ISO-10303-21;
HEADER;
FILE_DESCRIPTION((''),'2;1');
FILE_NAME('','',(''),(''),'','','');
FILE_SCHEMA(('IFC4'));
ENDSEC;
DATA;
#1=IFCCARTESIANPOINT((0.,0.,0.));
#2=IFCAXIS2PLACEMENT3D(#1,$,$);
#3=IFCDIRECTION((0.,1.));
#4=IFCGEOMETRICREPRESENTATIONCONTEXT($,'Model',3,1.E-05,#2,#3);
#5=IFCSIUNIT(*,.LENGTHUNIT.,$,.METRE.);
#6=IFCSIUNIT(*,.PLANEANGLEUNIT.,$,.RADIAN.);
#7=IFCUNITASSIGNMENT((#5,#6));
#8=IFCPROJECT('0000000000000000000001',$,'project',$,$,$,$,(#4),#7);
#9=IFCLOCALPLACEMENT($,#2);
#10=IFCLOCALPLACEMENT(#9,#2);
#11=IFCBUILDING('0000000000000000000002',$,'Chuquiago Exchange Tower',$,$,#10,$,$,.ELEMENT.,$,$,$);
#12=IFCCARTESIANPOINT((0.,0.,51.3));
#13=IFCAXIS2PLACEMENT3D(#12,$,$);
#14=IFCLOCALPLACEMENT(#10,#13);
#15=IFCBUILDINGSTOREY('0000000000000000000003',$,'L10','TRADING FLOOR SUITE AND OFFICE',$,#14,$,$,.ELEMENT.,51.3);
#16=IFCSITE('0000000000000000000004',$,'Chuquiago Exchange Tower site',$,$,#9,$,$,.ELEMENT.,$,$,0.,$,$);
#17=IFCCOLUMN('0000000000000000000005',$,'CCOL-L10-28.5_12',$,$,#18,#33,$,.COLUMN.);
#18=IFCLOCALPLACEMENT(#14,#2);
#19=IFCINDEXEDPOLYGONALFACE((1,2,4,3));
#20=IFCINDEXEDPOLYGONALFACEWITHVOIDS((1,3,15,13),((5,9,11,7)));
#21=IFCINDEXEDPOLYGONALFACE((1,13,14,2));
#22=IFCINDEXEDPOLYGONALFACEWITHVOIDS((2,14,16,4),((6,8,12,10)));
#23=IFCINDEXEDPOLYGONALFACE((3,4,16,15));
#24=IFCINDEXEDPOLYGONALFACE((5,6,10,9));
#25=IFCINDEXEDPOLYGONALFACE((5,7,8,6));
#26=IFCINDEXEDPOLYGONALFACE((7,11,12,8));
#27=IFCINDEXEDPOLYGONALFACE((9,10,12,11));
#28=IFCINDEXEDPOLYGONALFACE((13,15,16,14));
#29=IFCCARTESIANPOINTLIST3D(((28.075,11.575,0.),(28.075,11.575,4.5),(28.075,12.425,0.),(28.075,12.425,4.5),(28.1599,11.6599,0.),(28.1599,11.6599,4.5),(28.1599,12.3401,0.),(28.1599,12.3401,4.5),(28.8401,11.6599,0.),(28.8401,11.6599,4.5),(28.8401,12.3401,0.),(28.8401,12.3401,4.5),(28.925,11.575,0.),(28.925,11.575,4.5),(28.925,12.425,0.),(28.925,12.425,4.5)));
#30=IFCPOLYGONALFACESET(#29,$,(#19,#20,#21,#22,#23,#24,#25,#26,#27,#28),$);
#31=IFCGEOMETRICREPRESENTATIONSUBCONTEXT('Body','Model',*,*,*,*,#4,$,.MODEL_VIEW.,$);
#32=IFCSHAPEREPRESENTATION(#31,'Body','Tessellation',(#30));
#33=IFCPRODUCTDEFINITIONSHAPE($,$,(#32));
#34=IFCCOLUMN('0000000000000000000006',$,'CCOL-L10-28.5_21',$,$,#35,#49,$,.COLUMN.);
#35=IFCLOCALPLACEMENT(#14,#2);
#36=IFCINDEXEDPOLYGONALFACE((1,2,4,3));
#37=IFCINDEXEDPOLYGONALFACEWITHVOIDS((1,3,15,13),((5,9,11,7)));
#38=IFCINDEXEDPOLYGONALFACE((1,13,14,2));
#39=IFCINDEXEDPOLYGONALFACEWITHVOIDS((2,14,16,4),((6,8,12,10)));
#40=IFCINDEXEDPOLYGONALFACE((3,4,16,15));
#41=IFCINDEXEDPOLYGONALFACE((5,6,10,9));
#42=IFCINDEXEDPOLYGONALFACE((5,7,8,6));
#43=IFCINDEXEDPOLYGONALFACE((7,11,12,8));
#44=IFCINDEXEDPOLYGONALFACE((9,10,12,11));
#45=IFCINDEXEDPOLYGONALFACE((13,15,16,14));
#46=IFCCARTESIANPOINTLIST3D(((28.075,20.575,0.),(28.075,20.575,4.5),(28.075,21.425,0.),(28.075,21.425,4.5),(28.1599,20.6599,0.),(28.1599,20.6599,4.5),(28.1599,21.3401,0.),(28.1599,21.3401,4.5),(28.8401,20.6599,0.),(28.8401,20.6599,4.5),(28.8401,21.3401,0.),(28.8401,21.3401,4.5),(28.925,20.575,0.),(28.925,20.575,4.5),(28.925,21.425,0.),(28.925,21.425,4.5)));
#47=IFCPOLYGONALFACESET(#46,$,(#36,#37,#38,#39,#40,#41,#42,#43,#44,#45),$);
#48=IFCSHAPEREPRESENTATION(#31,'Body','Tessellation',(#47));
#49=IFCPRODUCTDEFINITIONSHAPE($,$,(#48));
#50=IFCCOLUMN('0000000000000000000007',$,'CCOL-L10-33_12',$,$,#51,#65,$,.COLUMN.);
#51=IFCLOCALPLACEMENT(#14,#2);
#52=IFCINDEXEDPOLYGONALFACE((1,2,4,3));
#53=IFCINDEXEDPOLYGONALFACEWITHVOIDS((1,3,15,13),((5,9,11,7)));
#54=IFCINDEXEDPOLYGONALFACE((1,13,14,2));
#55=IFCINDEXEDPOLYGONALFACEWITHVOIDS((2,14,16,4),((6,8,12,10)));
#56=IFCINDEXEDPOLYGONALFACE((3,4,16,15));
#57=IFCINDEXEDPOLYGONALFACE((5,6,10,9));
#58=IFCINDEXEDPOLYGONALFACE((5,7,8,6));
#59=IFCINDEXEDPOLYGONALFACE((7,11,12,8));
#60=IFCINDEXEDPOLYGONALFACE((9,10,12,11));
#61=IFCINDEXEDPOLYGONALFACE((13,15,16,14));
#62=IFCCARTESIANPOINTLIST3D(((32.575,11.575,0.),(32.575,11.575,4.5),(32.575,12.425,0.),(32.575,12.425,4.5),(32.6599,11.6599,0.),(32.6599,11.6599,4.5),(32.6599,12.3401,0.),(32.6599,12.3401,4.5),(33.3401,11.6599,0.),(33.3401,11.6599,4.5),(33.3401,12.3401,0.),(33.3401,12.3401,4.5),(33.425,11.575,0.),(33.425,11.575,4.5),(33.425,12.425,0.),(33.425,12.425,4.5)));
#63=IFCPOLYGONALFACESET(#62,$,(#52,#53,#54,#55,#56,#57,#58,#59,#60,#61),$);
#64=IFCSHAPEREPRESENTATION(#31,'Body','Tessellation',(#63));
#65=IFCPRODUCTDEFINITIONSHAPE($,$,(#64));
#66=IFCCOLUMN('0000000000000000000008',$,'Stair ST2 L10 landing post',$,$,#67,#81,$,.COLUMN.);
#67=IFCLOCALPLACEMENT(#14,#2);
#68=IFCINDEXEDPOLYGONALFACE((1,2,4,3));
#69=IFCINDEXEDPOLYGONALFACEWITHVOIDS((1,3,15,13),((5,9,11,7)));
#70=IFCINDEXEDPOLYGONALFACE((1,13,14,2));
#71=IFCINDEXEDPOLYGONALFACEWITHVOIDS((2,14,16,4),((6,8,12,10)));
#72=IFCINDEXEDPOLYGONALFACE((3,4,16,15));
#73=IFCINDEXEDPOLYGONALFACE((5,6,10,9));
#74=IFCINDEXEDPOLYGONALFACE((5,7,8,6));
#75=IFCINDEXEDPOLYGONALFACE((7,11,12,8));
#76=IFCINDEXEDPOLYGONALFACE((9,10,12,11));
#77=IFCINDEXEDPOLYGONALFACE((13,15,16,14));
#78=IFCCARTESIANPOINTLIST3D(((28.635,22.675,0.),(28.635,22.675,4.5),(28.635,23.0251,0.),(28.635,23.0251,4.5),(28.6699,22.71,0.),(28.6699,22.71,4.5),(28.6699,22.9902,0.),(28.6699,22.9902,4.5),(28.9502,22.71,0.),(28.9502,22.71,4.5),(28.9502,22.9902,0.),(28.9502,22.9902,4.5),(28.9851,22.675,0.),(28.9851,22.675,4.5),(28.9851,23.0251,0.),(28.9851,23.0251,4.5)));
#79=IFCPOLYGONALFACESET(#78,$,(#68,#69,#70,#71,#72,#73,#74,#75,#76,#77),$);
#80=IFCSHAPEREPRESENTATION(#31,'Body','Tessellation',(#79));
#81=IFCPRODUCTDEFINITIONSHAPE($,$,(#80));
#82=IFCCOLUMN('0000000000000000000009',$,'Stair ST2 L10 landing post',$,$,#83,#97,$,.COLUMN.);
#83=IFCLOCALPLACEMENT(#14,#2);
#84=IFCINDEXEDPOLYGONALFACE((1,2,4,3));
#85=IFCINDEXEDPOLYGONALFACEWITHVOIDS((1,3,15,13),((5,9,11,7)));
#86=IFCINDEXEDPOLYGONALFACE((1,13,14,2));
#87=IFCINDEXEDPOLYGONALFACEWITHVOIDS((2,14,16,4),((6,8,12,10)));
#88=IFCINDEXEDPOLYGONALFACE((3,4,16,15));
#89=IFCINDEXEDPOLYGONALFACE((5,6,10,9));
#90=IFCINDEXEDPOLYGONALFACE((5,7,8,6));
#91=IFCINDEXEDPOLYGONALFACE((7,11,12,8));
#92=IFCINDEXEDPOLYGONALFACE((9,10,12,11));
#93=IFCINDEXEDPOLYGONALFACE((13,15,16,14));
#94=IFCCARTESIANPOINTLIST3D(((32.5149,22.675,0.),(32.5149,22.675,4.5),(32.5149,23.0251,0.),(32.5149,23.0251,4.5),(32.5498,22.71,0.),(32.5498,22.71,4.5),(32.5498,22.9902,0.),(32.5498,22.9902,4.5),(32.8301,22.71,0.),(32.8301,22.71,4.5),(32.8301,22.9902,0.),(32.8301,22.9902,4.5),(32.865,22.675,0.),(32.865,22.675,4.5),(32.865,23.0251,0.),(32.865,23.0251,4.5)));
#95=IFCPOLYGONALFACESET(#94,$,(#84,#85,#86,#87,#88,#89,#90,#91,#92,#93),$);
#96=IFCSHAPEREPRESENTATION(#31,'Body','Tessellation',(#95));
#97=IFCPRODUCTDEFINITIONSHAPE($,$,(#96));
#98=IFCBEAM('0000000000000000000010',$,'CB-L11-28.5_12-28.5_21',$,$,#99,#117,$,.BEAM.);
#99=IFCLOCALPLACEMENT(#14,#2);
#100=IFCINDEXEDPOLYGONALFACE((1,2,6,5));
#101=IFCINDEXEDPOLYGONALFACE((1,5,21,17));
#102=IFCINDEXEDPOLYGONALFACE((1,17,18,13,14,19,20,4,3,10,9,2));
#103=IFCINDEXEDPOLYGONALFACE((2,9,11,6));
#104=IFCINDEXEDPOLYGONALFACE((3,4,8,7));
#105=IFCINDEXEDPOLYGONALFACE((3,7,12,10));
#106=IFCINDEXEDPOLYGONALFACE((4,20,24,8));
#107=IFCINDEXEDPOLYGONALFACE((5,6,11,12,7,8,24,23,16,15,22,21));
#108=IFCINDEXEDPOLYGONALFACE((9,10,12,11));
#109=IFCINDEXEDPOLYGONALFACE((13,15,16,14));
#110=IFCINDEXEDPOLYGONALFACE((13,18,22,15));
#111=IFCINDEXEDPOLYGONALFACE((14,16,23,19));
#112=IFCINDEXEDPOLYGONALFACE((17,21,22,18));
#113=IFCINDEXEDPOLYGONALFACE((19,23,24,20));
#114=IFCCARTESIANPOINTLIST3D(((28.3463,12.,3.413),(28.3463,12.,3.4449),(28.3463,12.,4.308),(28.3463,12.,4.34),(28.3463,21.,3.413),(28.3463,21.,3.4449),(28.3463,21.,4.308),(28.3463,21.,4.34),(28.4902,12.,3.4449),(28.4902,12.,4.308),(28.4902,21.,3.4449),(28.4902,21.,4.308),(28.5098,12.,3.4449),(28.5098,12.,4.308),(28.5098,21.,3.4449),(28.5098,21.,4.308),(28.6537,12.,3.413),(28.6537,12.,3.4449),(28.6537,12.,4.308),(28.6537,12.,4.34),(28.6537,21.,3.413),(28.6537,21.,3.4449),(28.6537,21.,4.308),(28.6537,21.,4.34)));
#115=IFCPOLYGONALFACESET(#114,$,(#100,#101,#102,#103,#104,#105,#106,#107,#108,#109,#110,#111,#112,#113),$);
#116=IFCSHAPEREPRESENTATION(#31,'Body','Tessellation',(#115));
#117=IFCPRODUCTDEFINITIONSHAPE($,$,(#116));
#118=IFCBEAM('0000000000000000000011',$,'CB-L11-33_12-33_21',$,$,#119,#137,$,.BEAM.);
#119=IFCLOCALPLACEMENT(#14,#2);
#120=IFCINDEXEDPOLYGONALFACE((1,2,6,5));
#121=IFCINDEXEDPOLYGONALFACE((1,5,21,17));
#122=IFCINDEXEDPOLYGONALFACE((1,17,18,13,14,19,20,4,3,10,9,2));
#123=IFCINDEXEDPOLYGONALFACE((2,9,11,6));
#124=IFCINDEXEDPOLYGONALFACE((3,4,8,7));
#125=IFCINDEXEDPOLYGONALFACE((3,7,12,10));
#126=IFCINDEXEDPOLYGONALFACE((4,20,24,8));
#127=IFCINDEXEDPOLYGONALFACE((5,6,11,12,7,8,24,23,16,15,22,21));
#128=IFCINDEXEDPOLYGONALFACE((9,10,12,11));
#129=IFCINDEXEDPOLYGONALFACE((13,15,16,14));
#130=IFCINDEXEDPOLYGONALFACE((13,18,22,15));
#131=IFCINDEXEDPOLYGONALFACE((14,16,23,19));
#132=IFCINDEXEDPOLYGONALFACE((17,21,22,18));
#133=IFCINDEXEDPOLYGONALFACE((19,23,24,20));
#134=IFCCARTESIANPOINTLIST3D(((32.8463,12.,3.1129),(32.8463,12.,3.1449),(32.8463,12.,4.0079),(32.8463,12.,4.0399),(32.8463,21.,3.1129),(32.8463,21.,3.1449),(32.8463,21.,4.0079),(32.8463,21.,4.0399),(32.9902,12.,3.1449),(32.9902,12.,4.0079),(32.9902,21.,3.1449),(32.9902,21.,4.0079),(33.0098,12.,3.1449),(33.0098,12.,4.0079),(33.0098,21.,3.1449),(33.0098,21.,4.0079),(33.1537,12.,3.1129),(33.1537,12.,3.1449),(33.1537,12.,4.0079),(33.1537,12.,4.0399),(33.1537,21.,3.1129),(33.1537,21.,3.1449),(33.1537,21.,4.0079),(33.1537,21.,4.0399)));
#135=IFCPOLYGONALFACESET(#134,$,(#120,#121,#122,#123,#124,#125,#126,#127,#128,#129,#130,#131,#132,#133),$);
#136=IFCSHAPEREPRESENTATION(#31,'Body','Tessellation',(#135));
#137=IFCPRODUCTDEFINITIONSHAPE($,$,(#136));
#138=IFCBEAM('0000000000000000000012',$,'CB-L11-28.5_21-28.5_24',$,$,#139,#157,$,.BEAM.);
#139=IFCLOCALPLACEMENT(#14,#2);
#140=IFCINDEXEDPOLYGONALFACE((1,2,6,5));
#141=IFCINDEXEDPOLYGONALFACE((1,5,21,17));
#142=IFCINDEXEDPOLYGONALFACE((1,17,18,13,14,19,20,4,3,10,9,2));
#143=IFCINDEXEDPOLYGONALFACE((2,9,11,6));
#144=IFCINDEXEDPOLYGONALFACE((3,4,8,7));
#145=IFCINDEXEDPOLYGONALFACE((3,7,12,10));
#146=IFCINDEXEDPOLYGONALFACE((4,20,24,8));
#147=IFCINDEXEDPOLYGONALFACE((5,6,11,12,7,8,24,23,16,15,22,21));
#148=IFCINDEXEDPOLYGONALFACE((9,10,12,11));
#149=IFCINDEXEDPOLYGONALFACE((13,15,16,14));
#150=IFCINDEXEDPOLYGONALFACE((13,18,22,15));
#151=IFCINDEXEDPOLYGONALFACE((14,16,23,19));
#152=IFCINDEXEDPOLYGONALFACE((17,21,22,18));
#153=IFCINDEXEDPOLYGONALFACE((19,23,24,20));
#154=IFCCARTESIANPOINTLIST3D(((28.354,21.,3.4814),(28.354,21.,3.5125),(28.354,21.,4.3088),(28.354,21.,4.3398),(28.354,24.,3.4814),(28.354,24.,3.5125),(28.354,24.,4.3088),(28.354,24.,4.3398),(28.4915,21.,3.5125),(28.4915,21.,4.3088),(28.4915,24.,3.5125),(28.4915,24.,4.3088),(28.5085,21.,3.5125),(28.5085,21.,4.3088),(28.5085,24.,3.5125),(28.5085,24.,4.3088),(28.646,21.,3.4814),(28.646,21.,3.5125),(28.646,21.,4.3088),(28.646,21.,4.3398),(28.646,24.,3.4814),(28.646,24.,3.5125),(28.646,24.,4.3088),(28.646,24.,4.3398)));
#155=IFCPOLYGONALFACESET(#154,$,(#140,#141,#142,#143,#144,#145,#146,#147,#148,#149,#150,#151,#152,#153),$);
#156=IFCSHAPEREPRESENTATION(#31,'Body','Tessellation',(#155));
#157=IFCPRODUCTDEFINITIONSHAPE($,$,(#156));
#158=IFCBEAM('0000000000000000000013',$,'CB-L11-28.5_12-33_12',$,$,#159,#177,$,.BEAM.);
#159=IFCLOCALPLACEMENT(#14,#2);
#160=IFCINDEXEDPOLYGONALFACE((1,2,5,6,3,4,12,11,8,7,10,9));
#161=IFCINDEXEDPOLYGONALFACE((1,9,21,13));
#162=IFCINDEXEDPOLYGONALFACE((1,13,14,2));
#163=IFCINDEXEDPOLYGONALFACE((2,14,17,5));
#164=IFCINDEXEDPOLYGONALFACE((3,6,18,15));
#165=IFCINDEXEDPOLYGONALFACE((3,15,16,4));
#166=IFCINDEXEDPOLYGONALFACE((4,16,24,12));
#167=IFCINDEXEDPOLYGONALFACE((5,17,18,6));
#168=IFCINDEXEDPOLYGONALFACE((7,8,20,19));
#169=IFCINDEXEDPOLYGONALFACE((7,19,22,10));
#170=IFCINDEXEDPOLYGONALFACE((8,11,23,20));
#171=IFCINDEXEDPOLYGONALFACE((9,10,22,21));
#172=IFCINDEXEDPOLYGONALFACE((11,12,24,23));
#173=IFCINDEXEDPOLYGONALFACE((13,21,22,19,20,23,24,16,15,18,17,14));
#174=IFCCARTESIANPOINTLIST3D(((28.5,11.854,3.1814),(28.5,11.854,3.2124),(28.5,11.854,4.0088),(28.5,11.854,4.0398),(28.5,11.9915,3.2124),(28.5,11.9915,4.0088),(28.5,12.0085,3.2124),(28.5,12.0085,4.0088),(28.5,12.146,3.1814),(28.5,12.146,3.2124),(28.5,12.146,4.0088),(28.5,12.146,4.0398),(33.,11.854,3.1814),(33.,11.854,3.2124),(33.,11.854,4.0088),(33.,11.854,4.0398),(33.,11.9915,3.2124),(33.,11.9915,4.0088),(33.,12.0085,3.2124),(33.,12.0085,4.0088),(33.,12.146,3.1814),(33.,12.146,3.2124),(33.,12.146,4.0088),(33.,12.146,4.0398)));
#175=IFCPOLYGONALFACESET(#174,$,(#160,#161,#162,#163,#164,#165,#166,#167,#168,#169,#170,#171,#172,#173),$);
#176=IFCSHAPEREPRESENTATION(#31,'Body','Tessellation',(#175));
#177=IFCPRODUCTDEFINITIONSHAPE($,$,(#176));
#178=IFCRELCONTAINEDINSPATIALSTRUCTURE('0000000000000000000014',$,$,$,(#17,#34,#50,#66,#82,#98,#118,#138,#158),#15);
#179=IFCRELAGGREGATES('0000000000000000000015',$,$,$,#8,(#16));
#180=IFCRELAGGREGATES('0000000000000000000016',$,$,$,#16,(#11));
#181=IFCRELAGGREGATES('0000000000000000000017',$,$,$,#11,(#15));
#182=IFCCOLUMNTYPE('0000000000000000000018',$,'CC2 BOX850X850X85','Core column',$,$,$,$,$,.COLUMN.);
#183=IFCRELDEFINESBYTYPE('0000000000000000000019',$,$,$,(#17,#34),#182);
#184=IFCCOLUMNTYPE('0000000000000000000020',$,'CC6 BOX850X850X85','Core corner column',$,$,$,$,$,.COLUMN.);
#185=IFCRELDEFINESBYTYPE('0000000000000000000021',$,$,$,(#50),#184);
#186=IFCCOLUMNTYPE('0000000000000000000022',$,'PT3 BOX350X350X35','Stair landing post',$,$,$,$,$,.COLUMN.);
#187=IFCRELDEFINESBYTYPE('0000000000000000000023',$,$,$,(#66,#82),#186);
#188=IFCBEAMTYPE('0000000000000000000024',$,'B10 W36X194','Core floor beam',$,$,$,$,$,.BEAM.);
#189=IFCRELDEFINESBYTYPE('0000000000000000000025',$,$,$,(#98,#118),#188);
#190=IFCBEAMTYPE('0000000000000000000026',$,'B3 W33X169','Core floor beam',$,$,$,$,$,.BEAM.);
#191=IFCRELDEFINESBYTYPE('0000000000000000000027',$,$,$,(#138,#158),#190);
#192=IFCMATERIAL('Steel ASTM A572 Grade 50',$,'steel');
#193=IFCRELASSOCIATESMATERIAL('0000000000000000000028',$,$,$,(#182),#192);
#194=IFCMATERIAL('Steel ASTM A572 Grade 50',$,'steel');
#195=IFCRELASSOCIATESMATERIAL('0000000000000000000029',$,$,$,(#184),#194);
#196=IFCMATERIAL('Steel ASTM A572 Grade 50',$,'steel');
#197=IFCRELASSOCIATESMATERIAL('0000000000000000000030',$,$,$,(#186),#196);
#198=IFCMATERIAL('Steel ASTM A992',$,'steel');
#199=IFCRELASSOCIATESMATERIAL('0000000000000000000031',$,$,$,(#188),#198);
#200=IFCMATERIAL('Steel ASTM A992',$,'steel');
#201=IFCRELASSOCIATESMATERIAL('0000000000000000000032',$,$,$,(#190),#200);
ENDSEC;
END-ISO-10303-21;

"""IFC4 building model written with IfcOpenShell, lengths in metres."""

from ifc_helpers import new_model, si_unit, direction, frame, origin, origin_2d, place, context, subcontext, project, spatial, hollow_rectangle, i_section, extrude, material, material_profile, profile_set, type_object, element, save


model = new_model("IFC4")

# Units and contexts
model_context = context("Model", 3, precision=1e-05, world=origin(), true_north=direction((0.0, 1.0)))
body_context = subcontext(model_context, "Body", "Model", "MODEL_VIEW")
ifc_project = project(units=[si_unit("LENGTHUNIT", "METRE"), si_unit("PLANEANGLEUNIT", "RADIAN")], contexts=[model_context])

# Site, building, storey
site_placement = place(None, origin())
site = spatial("IfcSite", under=ifc_project, at=site_placement, Name="Chuquiago Exchange Tower site", CompositionType="ELEMENT", RefElevation=0.0)
building_placement = place(site_placement, origin())
building = spatial("IfcBuilding", under=site, at=building_placement, Name="Chuquiago Exchange Tower", CompositionType="ELEMENT")
storey_placement = place(building_placement, frame((0.0, 0.0, 51.3)))
storey = spatial("IfcBuildingStorey", under=building, at=storey_placement, Name="L10", Description="TRADING FLOOR SUITE AND OFFICE", CompositionType="ELEMENT", Elevation=51.3)

# Columns
ifc_material_1 = material(Name="Steel ASTM A572 Grade 50", Category="steel")
ifc_material_profile_1 = material_profile(ifc_material_1, hollow_rectangle(XDim=0.8501, YDim=0.8501, WallThickness=0.085, at=origin_2d()), Name="BOX850X850X85")
ifc_profile_set_1 = profile_set([ifc_material_profile_1], Name="Steel ASTM A572 Grade 50")
column_type_1 = type_object("IfcColumnType", Name="CC2 BOX850X850X85", Description="Core column", PredefinedType="COLUMN", material=ifc_profile_set_1)
for number, where, z_axis, x_axis, name in (
    (1, (28.5, 12.0, 0.0), (0.0, 0.0, 1.0), (1.0, 0.0, 0.0), "CCOL-L10-28.5_12"),
    (2, (28.5, 21.0, 0.0), (0.0, 0.0, 1.0), (1.0, 0.0, 0.0), "CCOL-L10-28.5_21"),
):
    element("IfcColumn", number, at=place(storey_placement, frame(where, z_axis=z_axis, x_axis=x_axis)), inside=storey, type_object=column_type_1, Name=name, PredefinedType="COLUMN", context=body_context, shape_type="SweptSolid", body=[
        extrude(hollow_rectangle(XDim=0.8501, YDim=0.8501, WallThickness=0.085, at=origin_2d()), origin(), (0.0, 0.0, 1.0), 4.5),
    ])
ifc_material_2 = material(Name="Steel ASTM A572 Grade 50", Category="steel")
ifc_material_profile_2 = material_profile(ifc_material_2, hollow_rectangle(XDim=0.8501, YDim=0.8501, WallThickness=0.085, at=origin_2d()), Name="BOX850X850X85")
ifc_profile_set_2 = profile_set([ifc_material_profile_2], Name="Steel ASTM A572 Grade 50")
column_type_2 = type_object("IfcColumnType", Name="CC6 BOX850X850X85", Description="Core corner column", PredefinedType="COLUMN", material=ifc_profile_set_2)
column_placement = place(storey_placement, frame((33.0, 12.0, 0.0), z_axis=(0.0, 0.0, 1.0), x_axis=(1.0, 0.0, 0.0)))
element("IfcColumn", 3, at=column_placement, inside=storey, type_object=column_type_2, Name="CCOL-L10-33_12", PredefinedType="COLUMN", context=body_context, shape_type="SweptSolid", body=[
    extrude(hollow_rectangle(XDim=0.8501, YDim=0.8501, WallThickness=0.085, at=origin_2d()), origin(), (0.0, 0.0, 1.0), 4.5),
])
ifc_material_3 = material(Name="Steel ASTM A572 Grade 50", Category="steel")
ifc_material_profile_3 = material_profile(ifc_material_3, hollow_rectangle(XDim=0.3501, YDim=0.3501, WallThickness=0.0349, at=origin_2d()), Name="BOX350X350X35")
ifc_profile_set_3 = profile_set([ifc_material_profile_3], Name="Steel ASTM A572 Grade 50")
column_type_3 = type_object("IfcColumnType", Name="PT3 BOX350X350X35", Description="Stair landing post", PredefinedType="COLUMN", material=ifc_profile_set_3)
for number, where, z_axis, x_axis, name in (
    (4, (28.8101, 22.8501, 0.0), (0.0, 0.0, 1.0), (1.0, 0.0, 0.0), "Stair ST2 L10 landing post"),
    (5, (32.6899, 22.8501, 0.0), (0.0, 0.0, 1.0), (1.0, 0.0, 0.0), "Stair ST2 L10 landing post"),
):
    element("IfcColumn", number, at=place(storey_placement, frame(where, z_axis=z_axis, x_axis=x_axis)), inside=storey, type_object=column_type_3, Name=name, PredefinedType="COLUMN", context=body_context, shape_type="SweptSolid", body=[
        extrude(hollow_rectangle(XDim=0.3501, YDim=0.3501, WallThickness=0.0349, at=origin_2d()), origin(), (0.0, 0.0, 1.0), 4.5),
    ])

# Beams
ifc_material_4 = material(Name="Steel ASTM A992", Category="steel")
ifc_material_profile_4 = material_profile(ifc_material_4, i_section(OverallWidth=0.3074, OverallDepth=0.927, WebThickness=0.0195, FlangeThickness=0.032, at=origin_2d()), Name="W36X194")
ifc_profile_set_4 = profile_set([ifc_material_profile_4], Name="Steel ASTM A992")
beam_type_1 = type_object("IfcBeamType", Name="B10 W36X194", Description="Core floor beam", PredefinedType="BEAM", material=ifc_profile_set_4)
for number, where, z_axis, x_axis, name in (
    (6, (28.5, 12.0, 3.8765), (0.0, 1.0, 0.0), (-1.0, 0.0, 0.0), "CB-L11-28.5_12-28.5_21"),
    (7, (33.0, 12.0, 3.5764), (0.0, 1.0, 0.0), (-1.0, 0.0, 0.0), "CB-L11-33_12-33_21"),
):
    element("IfcBeam", number, at=place(storey_placement, frame(where, z_axis=z_axis, x_axis=x_axis)), inside=storey, type_object=beam_type_1, Name=name, PredefinedType="BEAM", context=body_context, shape_type="SweptSolid", body=[
        extrude(i_section(OverallWidth=0.3074, OverallDepth=0.927, WebThickness=0.0195, FlangeThickness=0.032, at=origin_2d()), origin(), (0.0, 0.0, 1.0), 9.0),
    ])
ifc_material_5 = material(Name="Steel ASTM A992", Category="steel")
ifc_material_profile_5 = material_profile(ifc_material_5, i_section(OverallWidth=0.292, OverallDepth=0.8584, WebThickness=0.0171, FlangeThickness=0.031, at=origin_2d()), Name="W33X169")
ifc_profile_set_5 = profile_set([ifc_material_profile_5], Name="Steel ASTM A992")
beam_type_2 = type_object("IfcBeamType", Name="B3 W33X169", Description="Core floor beam", PredefinedType="BEAM", material=ifc_profile_set_5)
beam_placement = place(storey_placement, frame((28.5, 21.0, 3.9106), z_axis=(0.0, 1.0, 0.0), x_axis=(-1.0, 0.0, 0.0)))
element("IfcBeam", 8, at=beam_placement, inside=storey, type_object=beam_type_2, Name="CB-L11-28.5_21-28.5_24", PredefinedType="BEAM", context=body_context, shape_type="SweptSolid", body=[
    extrude(i_section(OverallWidth=0.292, OverallDepth=0.8584, WebThickness=0.0171, FlangeThickness=0.031, at=origin_2d()), origin(), (0.0, 0.0, 1.0), 3.0),
])
for number, where, z_axis, x_axis, name in (
    (9, (28.5, 12.0, 3.6106), (1.0, 0.0, 0.0), (0.0, 1.0, 0.0), "CB-L11-28.5_12-33_12"),
):
    element("IfcBeam", number, at=place(storey_placement, frame(where, z_axis=z_axis, x_axis=x_axis)), inside=storey, type_object=beam_type_2, Name=name, PredefinedType="BEAM", context=body_context, shape_type="SweptSolid", body=[
        extrude(i_section(OverallWidth=0.292, OverallDepth=0.8584, WebThickness=0.0171, FlangeThickness=0.031, at=origin_2d()), origin(), (0.0, 0.0, 1.0), 4.5),
    ])

save(model, "model.ifc")
